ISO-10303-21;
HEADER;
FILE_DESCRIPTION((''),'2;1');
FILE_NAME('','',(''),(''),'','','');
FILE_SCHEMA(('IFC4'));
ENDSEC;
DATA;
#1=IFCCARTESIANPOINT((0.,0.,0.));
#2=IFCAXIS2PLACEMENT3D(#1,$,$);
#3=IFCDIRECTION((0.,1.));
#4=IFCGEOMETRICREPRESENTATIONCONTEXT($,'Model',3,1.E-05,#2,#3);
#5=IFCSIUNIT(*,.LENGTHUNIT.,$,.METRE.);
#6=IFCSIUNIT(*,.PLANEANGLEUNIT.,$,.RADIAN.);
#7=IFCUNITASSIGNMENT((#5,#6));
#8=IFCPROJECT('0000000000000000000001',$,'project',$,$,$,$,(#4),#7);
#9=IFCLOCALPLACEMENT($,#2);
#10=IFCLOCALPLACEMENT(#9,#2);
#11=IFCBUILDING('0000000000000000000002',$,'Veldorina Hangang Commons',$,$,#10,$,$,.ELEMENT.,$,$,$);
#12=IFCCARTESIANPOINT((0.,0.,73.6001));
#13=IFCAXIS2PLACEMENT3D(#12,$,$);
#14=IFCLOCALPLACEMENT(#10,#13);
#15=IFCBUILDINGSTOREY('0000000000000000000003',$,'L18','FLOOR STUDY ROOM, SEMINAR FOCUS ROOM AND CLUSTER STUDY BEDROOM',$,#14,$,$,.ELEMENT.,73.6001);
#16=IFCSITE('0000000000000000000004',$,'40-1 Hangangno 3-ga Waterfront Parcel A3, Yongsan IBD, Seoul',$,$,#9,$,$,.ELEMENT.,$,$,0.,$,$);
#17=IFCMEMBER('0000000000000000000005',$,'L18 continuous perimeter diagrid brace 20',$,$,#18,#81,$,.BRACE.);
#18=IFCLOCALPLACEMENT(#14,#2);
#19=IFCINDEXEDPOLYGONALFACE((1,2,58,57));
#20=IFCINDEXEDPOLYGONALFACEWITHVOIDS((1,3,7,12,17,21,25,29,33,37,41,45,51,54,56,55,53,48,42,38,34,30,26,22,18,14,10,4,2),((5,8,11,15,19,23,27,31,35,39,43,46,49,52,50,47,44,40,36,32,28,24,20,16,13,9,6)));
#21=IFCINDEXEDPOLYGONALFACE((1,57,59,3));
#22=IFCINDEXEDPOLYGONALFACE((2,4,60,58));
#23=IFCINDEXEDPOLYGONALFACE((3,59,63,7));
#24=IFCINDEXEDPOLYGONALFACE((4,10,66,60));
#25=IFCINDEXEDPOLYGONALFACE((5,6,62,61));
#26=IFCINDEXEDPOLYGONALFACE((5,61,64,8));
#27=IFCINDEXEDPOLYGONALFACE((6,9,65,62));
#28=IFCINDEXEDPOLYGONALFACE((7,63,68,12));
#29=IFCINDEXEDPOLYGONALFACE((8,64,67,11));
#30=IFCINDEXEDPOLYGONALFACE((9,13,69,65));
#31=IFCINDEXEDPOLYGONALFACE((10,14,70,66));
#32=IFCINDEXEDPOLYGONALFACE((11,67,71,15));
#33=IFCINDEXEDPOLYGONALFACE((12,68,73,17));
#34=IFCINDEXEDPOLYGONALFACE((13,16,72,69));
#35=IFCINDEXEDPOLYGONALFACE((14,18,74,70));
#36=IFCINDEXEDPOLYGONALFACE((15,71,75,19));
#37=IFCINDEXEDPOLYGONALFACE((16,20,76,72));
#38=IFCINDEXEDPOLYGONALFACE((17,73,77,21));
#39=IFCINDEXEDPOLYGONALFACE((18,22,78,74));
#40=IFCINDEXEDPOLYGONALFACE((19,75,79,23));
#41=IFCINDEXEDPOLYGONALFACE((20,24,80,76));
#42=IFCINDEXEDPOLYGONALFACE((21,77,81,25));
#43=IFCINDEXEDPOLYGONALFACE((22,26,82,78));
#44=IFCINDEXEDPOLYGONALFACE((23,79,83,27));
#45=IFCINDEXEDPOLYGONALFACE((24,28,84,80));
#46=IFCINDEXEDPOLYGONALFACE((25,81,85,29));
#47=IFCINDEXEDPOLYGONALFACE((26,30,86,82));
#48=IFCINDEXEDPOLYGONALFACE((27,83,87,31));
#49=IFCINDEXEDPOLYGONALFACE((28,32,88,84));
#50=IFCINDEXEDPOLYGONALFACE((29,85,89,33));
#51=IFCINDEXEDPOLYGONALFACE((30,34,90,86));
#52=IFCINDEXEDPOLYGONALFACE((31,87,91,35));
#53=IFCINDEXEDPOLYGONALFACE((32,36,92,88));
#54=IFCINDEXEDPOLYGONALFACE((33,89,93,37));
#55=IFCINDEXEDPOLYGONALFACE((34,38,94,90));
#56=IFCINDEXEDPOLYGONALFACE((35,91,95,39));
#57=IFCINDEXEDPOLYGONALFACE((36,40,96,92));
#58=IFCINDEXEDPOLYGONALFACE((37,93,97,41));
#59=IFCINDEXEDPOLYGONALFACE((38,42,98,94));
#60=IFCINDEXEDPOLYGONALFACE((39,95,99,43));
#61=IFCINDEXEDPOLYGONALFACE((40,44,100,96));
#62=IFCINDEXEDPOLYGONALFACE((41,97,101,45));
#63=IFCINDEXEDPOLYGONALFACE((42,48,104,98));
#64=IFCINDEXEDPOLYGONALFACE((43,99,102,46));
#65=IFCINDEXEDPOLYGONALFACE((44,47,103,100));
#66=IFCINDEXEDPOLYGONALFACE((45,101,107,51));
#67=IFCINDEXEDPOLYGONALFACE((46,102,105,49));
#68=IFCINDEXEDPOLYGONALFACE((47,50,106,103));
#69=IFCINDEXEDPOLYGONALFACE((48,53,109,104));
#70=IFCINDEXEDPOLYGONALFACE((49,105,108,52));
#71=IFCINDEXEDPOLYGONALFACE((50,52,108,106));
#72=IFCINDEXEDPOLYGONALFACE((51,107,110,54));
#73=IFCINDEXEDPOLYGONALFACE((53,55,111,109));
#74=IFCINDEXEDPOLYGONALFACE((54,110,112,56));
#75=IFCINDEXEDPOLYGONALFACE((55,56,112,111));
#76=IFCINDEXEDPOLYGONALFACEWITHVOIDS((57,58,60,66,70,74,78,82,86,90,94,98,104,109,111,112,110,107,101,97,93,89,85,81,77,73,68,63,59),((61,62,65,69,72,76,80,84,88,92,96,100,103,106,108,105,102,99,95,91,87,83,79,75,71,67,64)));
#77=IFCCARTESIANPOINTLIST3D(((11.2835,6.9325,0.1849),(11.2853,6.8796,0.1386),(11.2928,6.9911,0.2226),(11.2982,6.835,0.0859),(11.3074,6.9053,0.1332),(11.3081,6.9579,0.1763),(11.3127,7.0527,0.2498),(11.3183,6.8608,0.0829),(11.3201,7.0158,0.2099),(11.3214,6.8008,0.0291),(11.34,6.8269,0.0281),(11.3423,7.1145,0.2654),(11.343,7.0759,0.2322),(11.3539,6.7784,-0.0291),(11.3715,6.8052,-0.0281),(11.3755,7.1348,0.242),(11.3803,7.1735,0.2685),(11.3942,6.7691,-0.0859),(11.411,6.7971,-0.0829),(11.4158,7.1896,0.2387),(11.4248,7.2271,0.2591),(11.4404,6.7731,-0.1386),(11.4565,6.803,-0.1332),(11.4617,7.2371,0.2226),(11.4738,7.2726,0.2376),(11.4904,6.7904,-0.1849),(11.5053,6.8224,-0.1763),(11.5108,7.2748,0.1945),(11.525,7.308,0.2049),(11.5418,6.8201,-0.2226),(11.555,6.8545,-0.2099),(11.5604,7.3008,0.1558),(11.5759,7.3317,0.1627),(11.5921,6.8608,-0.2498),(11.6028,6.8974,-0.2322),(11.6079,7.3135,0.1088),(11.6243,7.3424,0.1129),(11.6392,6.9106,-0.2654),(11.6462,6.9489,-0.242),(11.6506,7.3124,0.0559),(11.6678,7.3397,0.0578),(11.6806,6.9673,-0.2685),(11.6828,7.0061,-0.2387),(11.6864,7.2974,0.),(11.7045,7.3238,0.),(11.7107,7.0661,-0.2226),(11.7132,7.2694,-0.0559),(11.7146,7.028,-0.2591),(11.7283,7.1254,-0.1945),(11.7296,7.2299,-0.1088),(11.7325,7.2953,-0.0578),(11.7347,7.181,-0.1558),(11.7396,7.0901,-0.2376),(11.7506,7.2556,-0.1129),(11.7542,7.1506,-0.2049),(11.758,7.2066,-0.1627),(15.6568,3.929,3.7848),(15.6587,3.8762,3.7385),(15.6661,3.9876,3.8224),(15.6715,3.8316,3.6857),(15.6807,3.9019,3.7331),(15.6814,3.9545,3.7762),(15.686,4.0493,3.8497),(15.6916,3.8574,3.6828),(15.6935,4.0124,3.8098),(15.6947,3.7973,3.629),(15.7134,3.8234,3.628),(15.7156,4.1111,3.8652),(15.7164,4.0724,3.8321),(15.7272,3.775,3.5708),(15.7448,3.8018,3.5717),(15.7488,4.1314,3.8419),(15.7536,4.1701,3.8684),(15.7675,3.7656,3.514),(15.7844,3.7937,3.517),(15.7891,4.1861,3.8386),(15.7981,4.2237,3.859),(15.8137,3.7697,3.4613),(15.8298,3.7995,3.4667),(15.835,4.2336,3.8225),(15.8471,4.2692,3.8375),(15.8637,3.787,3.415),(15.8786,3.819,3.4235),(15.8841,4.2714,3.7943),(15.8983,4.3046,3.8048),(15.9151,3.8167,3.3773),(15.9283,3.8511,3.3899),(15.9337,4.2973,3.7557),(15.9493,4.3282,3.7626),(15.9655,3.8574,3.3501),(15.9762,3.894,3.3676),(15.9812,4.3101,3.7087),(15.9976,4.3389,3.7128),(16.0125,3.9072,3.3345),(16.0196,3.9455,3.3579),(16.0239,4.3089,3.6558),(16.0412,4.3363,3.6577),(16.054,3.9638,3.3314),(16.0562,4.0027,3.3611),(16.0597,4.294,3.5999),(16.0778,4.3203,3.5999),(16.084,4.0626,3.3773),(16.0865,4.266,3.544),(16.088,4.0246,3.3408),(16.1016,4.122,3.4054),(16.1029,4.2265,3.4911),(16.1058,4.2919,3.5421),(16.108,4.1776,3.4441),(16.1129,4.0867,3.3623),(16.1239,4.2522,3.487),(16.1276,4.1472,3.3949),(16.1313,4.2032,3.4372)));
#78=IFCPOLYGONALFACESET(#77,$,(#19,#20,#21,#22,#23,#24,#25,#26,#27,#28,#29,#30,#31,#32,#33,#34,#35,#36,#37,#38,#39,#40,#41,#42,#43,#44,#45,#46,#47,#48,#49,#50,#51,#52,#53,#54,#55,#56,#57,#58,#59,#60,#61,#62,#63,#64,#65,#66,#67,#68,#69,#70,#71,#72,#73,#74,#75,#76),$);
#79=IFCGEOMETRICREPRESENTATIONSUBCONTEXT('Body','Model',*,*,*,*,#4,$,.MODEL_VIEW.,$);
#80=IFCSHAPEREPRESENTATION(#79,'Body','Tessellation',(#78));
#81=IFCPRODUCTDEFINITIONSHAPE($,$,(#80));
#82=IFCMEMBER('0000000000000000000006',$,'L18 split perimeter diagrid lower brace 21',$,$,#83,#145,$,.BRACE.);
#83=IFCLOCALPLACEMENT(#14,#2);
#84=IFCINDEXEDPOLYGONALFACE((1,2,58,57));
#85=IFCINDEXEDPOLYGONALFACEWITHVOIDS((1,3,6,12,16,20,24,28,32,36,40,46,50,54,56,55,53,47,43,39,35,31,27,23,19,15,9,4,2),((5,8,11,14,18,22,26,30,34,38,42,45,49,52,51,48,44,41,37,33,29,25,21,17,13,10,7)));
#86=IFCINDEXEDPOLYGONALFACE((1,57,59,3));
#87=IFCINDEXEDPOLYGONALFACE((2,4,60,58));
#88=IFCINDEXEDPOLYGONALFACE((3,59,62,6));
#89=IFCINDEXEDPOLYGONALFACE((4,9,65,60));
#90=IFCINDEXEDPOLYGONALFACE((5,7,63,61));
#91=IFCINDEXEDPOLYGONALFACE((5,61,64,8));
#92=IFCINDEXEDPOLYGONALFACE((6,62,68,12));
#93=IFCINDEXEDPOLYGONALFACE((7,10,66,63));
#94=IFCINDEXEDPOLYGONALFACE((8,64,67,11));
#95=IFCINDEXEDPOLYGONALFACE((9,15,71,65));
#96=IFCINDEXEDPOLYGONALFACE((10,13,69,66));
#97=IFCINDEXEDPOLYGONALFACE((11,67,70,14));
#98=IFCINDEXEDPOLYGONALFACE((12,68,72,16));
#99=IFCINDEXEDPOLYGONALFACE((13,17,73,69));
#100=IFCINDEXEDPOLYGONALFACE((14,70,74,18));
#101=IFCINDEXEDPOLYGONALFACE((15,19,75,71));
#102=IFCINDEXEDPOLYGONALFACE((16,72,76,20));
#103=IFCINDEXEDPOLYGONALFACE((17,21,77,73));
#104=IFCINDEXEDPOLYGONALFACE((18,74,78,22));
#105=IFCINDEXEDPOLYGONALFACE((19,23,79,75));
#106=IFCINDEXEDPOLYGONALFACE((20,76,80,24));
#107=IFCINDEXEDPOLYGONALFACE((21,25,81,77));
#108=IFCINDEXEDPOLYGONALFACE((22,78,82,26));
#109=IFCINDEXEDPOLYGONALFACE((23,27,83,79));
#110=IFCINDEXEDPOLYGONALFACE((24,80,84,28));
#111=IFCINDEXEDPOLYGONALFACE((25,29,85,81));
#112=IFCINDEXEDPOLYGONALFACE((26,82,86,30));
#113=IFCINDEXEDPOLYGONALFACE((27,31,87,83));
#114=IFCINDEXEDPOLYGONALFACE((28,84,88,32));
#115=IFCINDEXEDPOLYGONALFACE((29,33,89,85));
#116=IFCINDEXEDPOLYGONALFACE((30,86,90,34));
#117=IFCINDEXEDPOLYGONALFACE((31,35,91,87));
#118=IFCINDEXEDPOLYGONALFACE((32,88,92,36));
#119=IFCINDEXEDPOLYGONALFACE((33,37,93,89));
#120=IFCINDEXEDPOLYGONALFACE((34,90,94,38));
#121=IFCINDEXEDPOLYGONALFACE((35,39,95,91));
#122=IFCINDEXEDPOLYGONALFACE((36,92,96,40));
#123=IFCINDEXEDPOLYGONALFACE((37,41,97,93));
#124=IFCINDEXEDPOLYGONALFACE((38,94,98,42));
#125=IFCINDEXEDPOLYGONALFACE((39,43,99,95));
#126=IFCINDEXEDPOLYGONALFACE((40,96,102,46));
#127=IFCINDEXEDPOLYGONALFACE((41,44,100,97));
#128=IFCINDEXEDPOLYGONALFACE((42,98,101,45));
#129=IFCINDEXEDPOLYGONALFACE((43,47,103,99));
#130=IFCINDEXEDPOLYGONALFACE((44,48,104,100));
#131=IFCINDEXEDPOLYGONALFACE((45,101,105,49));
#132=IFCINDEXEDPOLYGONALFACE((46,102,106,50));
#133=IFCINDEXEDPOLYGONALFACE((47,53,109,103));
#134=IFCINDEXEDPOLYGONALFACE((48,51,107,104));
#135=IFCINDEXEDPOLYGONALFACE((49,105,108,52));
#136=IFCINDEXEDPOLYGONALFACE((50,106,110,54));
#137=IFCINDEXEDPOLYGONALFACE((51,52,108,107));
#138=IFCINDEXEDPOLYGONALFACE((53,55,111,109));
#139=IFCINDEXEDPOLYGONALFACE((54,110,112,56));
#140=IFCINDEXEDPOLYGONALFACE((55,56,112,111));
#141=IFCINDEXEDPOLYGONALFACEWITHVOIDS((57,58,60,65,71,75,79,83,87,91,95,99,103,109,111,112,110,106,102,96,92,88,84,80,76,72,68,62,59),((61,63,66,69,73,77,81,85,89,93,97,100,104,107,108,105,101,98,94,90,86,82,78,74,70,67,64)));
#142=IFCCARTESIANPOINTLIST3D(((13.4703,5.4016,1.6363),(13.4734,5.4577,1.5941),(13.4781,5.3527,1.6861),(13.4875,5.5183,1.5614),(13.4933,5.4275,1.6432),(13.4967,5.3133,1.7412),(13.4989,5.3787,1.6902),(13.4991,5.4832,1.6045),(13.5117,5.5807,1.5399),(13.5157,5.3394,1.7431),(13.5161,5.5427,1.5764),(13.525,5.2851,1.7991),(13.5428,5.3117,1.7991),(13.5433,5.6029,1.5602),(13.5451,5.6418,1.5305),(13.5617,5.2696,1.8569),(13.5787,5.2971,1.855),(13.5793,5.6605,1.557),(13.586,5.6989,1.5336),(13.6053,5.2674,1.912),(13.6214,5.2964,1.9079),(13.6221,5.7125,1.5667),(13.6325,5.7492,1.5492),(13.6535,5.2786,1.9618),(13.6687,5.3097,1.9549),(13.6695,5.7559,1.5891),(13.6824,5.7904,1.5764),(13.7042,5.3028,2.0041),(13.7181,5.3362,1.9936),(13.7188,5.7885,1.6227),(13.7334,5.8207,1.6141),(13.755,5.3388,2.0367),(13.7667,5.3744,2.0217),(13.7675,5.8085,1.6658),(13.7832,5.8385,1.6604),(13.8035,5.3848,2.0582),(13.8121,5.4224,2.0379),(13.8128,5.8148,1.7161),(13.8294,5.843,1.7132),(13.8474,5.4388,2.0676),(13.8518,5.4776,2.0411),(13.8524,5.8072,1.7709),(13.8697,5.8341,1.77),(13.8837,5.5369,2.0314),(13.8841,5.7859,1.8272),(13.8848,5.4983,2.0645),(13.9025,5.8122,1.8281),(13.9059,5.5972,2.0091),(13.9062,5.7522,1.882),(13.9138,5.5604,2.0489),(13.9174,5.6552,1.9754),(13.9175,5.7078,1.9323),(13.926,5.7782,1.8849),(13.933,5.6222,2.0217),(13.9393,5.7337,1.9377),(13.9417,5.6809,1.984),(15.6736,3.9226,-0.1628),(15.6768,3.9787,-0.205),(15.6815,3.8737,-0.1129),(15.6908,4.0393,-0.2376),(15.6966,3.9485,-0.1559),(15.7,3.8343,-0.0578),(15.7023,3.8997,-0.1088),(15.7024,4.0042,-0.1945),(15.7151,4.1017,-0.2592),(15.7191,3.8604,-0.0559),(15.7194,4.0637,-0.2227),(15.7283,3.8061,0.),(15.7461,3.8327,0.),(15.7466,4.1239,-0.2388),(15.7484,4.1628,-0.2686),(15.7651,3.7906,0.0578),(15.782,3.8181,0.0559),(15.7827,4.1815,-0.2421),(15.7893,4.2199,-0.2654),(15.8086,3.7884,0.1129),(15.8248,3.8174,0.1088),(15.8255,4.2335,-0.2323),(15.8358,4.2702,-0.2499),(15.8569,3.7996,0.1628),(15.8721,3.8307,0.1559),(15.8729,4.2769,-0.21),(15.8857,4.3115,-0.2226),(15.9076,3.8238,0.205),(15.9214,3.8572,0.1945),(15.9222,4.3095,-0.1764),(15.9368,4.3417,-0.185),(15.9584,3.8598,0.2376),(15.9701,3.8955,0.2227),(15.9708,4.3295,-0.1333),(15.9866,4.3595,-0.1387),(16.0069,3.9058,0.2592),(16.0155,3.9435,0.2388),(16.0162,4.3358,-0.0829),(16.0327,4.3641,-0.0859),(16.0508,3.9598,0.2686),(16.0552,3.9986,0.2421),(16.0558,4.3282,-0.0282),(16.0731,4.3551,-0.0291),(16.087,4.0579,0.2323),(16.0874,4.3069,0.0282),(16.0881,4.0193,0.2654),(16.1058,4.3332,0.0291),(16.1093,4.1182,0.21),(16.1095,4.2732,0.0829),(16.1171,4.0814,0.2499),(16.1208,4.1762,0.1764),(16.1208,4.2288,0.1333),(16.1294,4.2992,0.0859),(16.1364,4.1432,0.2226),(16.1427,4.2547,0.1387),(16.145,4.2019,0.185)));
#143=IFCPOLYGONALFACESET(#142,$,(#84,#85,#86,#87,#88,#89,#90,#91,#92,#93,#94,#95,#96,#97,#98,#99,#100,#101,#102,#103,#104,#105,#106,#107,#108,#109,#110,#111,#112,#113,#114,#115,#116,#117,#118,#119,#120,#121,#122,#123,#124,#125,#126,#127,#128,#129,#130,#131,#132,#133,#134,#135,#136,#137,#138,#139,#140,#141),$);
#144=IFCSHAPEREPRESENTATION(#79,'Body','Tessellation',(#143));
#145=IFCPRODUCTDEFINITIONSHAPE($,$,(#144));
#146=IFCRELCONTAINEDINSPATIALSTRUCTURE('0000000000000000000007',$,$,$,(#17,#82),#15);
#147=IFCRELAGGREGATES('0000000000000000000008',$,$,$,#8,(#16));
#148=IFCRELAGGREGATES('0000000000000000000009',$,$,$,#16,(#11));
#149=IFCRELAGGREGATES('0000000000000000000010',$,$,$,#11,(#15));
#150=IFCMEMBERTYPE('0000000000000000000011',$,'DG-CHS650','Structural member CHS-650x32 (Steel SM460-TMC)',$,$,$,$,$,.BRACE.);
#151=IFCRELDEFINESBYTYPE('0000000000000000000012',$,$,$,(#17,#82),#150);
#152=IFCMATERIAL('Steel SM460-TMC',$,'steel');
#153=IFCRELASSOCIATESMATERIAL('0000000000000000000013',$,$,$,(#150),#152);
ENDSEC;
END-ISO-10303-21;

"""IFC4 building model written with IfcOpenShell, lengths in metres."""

from ifc_helpers import new_model, si_unit, direction, frame, origin, origin_2d, place, context, subcontext, project, spatial, hollow_circle, extrude, material, material_profile, profile_set, type_object, element, save


model = new_model("IFC4")

# Units and contexts
model_context = context("Model", 3, precision=1e-05, world=origin(), true_north=direction((0.0, 1.0)))
body_context = subcontext(model_context, "Body", "Model", "MODEL_VIEW")
ifc_project = project(units=[si_unit("LENGTHUNIT", "METRE"), si_unit("PLANEANGLEUNIT", "RADIAN")], contexts=[model_context])

# Site, building, storey
site_placement = place(None, origin())
site = spatial("IfcSite", under=ifc_project, at=site_placement, Name="40-1 Hangangno 3-ga Waterfront Parcel A3, Yongsan IBD, Seoul", CompositionType="ELEMENT", RefElevation=0.0)
building_placement = place(site_placement, origin())
building = spatial("IfcBuilding", under=site, at=building_placement, Name="Veldorina Hangang Commons", CompositionType="ELEMENT")
storey_placement = place(building_placement, frame((0.0, 0.0, 73.6001)))
storey = spatial("IfcBuildingStorey", under=building, at=storey_placement, Name="L18", Description="FLOOR STUDY ROOM, SEMINAR FOCUS ROOM AND CLUSTER STUDY BEDROOM", CompositionType="ELEMENT", Elevation=73.6001)

# Members
ifc_material_1 = material(Name="Steel SM460-TMC", Category="steel")
ifc_material_profile_1 = material_profile(ifc_material_1, hollow_circle(Radius=0.325, WallThickness=0.032, at=origin_2d()), Name="CHS-650x32")
ifc_profile_set_1 = profile_set([ifc_material_profile_1], Name="Steel SM460-TMC")
member_type_1 = type_object("IfcMemberType", Name="DG-CHS650", Description="Structural member CHS-650x32 (Steel SM460-TMC)", PredefinedType="BRACE", material=ifc_profile_set_1)
member_1_placement = place(storey_placement, frame((11.5205, 7.0559, 0.0), z_axis=(0.682119, -0.468455, 0.561483), x_axis=(0.566117, 0.824325, 0.0)))
element("IfcMember", 1, at=member_1_placement, inside=storey, type_object=member_type_1, Name="L18 continuous perimeter diagrid brace 20", PredefinedType="BRACE", context=body_context, shape_type="SweptSolid", body=[
    extrude(hollow_circle(Radius=0.325, WallThickness=0.032, at=origin_2d()), origin(), (0.0, 0.0, 1.0), 6.4114),
])
member_2_placement = place(storey_placement, frame((15.9094, 4.0759, 0.0), z_axis=(-0.687247, 0.461312, 0.561144), x_axis=(-0.55733, -0.830291, 0.0)))
element("IfcMember", 2, at=member_2_placement, inside=storey, type_object=member_type_1, Name="L18 split perimeter diagrid lower brace 21", PredefinedType="BRACE", context=body_context, shape_type="SweptSolid", body=[
    extrude(hollow_circle(Radius=0.325, WallThickness=0.032, at=origin_2d()), origin(), (0.0, 0.0, 1.0), 3.2061),
])

save(model, "model.ifc")
